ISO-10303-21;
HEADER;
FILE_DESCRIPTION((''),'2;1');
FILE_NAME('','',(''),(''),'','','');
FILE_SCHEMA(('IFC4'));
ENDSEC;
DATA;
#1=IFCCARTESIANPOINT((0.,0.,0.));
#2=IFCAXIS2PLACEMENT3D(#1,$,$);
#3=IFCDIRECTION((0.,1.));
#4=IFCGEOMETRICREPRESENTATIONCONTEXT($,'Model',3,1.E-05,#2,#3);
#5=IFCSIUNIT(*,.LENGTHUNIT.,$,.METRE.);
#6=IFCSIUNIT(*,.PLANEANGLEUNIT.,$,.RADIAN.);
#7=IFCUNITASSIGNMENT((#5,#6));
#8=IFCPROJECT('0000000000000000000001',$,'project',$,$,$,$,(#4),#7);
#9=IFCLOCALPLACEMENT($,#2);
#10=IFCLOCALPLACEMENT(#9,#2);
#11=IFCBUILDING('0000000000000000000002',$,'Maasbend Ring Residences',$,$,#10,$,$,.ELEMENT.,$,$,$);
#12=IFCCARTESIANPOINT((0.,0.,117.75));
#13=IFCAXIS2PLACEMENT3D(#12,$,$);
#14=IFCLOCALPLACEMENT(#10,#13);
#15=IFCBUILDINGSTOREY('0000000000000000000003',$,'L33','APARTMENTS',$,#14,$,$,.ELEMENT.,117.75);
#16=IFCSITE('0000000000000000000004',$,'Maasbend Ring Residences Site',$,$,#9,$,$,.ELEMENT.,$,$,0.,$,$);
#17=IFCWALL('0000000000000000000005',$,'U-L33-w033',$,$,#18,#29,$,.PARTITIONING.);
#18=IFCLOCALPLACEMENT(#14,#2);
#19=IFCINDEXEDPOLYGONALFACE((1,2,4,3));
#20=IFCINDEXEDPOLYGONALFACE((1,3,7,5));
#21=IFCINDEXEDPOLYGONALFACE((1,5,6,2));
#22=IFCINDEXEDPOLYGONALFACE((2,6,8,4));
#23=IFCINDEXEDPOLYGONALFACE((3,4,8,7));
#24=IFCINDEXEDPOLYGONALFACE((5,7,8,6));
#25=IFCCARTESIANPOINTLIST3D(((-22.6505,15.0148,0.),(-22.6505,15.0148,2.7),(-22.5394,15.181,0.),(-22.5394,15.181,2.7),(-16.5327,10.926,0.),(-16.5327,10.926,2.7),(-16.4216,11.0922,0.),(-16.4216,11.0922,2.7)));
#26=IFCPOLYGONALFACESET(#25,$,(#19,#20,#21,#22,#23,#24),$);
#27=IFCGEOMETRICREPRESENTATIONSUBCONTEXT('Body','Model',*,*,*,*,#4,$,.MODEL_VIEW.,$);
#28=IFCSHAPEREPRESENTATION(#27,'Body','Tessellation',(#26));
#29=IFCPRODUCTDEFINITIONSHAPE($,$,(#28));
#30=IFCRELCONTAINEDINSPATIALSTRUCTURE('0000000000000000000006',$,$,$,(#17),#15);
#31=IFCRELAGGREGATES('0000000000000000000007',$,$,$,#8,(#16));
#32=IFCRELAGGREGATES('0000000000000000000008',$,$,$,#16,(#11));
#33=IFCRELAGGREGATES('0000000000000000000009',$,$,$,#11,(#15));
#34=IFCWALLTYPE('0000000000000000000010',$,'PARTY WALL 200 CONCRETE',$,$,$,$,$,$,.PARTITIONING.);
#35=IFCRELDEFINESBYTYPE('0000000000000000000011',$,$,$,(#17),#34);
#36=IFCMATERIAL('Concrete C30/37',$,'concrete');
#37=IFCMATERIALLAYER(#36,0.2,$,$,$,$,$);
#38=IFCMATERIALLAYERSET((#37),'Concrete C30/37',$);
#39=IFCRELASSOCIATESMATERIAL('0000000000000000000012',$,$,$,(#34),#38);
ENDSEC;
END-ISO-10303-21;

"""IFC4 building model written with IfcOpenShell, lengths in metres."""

from ifc_helpers import new_model, si_unit, direction, frame, frame_2d, origin, place, context, subcontext, project, spatial, rectangle, extrude, material, layer, layer_set, type_object, element, save


model = new_model("IFC4")

# Units and contexts
model_context = context("Model", 3, precision=1e-05, world=origin(), true_north=direction((0.0, 1.0)))
body_context = subcontext(model_context, "Body", "Model", "MODEL_VIEW")
ifc_project = project(units=[si_unit("LENGTHUNIT", "METRE"), si_unit("PLANEANGLEUNIT", "RADIAN")], contexts=[model_context])

# Site, building, storey
site_placement = place(None, origin())
site = spatial("IfcSite", under=ifc_project, at=site_placement, Name="Maasbend Ring Residences Site", CompositionType="ELEMENT", RefElevation=0.0)
building_placement = place(site_placement, origin())
building = spatial("IfcBuilding", under=site, at=building_placement, Name="Maasbend Ring Residences", CompositionType="ELEMENT")
storey_placement = place(building_placement, frame((0.0, 0.0, 117.75)))
storey = spatial("IfcBuildingStorey", under=building, at=storey_placement, Name="L33", Description="APARTMENTS", CompositionType="ELEMENT", Elevation=117.75)

# Wall
ifc_material_1 = material(Name="Concrete C30/37", Category="concrete")
ifc_layer_1 = layer(ifc_material_1, 0.2)
ifc_layer_set_1 = layer_set([ifc_layer_1], Name="Concrete C30/37")
wall_type_1 = type_object("IfcWallType", Name="PARTY WALL 200 CONCRETE", PredefinedType="PARTITIONING", material=ifc_layer_set_1)
wall_1_placement = place(storey_placement, frame((-22.595, 15.0979, 0.0), z_axis=(0.0, 0.0, 1.0), x_axis=(0.831407, -0.555665, 0.0)))
element("IfcWall", 1, at=wall_1_placement, inside=storey, type_object=wall_type_1, Name="U-L33-w033", PredefinedType="PARTITIONING", context=body_context, shape_type="SweptSolid", body=[
    extrude(rectangle(XDim=7.3584, YDim=0.2, at=frame_2d((3.6792, 0.0))), origin(), (0.0, 0.0, 1.0), 2.7),
])

save(model, "model.ifc")
